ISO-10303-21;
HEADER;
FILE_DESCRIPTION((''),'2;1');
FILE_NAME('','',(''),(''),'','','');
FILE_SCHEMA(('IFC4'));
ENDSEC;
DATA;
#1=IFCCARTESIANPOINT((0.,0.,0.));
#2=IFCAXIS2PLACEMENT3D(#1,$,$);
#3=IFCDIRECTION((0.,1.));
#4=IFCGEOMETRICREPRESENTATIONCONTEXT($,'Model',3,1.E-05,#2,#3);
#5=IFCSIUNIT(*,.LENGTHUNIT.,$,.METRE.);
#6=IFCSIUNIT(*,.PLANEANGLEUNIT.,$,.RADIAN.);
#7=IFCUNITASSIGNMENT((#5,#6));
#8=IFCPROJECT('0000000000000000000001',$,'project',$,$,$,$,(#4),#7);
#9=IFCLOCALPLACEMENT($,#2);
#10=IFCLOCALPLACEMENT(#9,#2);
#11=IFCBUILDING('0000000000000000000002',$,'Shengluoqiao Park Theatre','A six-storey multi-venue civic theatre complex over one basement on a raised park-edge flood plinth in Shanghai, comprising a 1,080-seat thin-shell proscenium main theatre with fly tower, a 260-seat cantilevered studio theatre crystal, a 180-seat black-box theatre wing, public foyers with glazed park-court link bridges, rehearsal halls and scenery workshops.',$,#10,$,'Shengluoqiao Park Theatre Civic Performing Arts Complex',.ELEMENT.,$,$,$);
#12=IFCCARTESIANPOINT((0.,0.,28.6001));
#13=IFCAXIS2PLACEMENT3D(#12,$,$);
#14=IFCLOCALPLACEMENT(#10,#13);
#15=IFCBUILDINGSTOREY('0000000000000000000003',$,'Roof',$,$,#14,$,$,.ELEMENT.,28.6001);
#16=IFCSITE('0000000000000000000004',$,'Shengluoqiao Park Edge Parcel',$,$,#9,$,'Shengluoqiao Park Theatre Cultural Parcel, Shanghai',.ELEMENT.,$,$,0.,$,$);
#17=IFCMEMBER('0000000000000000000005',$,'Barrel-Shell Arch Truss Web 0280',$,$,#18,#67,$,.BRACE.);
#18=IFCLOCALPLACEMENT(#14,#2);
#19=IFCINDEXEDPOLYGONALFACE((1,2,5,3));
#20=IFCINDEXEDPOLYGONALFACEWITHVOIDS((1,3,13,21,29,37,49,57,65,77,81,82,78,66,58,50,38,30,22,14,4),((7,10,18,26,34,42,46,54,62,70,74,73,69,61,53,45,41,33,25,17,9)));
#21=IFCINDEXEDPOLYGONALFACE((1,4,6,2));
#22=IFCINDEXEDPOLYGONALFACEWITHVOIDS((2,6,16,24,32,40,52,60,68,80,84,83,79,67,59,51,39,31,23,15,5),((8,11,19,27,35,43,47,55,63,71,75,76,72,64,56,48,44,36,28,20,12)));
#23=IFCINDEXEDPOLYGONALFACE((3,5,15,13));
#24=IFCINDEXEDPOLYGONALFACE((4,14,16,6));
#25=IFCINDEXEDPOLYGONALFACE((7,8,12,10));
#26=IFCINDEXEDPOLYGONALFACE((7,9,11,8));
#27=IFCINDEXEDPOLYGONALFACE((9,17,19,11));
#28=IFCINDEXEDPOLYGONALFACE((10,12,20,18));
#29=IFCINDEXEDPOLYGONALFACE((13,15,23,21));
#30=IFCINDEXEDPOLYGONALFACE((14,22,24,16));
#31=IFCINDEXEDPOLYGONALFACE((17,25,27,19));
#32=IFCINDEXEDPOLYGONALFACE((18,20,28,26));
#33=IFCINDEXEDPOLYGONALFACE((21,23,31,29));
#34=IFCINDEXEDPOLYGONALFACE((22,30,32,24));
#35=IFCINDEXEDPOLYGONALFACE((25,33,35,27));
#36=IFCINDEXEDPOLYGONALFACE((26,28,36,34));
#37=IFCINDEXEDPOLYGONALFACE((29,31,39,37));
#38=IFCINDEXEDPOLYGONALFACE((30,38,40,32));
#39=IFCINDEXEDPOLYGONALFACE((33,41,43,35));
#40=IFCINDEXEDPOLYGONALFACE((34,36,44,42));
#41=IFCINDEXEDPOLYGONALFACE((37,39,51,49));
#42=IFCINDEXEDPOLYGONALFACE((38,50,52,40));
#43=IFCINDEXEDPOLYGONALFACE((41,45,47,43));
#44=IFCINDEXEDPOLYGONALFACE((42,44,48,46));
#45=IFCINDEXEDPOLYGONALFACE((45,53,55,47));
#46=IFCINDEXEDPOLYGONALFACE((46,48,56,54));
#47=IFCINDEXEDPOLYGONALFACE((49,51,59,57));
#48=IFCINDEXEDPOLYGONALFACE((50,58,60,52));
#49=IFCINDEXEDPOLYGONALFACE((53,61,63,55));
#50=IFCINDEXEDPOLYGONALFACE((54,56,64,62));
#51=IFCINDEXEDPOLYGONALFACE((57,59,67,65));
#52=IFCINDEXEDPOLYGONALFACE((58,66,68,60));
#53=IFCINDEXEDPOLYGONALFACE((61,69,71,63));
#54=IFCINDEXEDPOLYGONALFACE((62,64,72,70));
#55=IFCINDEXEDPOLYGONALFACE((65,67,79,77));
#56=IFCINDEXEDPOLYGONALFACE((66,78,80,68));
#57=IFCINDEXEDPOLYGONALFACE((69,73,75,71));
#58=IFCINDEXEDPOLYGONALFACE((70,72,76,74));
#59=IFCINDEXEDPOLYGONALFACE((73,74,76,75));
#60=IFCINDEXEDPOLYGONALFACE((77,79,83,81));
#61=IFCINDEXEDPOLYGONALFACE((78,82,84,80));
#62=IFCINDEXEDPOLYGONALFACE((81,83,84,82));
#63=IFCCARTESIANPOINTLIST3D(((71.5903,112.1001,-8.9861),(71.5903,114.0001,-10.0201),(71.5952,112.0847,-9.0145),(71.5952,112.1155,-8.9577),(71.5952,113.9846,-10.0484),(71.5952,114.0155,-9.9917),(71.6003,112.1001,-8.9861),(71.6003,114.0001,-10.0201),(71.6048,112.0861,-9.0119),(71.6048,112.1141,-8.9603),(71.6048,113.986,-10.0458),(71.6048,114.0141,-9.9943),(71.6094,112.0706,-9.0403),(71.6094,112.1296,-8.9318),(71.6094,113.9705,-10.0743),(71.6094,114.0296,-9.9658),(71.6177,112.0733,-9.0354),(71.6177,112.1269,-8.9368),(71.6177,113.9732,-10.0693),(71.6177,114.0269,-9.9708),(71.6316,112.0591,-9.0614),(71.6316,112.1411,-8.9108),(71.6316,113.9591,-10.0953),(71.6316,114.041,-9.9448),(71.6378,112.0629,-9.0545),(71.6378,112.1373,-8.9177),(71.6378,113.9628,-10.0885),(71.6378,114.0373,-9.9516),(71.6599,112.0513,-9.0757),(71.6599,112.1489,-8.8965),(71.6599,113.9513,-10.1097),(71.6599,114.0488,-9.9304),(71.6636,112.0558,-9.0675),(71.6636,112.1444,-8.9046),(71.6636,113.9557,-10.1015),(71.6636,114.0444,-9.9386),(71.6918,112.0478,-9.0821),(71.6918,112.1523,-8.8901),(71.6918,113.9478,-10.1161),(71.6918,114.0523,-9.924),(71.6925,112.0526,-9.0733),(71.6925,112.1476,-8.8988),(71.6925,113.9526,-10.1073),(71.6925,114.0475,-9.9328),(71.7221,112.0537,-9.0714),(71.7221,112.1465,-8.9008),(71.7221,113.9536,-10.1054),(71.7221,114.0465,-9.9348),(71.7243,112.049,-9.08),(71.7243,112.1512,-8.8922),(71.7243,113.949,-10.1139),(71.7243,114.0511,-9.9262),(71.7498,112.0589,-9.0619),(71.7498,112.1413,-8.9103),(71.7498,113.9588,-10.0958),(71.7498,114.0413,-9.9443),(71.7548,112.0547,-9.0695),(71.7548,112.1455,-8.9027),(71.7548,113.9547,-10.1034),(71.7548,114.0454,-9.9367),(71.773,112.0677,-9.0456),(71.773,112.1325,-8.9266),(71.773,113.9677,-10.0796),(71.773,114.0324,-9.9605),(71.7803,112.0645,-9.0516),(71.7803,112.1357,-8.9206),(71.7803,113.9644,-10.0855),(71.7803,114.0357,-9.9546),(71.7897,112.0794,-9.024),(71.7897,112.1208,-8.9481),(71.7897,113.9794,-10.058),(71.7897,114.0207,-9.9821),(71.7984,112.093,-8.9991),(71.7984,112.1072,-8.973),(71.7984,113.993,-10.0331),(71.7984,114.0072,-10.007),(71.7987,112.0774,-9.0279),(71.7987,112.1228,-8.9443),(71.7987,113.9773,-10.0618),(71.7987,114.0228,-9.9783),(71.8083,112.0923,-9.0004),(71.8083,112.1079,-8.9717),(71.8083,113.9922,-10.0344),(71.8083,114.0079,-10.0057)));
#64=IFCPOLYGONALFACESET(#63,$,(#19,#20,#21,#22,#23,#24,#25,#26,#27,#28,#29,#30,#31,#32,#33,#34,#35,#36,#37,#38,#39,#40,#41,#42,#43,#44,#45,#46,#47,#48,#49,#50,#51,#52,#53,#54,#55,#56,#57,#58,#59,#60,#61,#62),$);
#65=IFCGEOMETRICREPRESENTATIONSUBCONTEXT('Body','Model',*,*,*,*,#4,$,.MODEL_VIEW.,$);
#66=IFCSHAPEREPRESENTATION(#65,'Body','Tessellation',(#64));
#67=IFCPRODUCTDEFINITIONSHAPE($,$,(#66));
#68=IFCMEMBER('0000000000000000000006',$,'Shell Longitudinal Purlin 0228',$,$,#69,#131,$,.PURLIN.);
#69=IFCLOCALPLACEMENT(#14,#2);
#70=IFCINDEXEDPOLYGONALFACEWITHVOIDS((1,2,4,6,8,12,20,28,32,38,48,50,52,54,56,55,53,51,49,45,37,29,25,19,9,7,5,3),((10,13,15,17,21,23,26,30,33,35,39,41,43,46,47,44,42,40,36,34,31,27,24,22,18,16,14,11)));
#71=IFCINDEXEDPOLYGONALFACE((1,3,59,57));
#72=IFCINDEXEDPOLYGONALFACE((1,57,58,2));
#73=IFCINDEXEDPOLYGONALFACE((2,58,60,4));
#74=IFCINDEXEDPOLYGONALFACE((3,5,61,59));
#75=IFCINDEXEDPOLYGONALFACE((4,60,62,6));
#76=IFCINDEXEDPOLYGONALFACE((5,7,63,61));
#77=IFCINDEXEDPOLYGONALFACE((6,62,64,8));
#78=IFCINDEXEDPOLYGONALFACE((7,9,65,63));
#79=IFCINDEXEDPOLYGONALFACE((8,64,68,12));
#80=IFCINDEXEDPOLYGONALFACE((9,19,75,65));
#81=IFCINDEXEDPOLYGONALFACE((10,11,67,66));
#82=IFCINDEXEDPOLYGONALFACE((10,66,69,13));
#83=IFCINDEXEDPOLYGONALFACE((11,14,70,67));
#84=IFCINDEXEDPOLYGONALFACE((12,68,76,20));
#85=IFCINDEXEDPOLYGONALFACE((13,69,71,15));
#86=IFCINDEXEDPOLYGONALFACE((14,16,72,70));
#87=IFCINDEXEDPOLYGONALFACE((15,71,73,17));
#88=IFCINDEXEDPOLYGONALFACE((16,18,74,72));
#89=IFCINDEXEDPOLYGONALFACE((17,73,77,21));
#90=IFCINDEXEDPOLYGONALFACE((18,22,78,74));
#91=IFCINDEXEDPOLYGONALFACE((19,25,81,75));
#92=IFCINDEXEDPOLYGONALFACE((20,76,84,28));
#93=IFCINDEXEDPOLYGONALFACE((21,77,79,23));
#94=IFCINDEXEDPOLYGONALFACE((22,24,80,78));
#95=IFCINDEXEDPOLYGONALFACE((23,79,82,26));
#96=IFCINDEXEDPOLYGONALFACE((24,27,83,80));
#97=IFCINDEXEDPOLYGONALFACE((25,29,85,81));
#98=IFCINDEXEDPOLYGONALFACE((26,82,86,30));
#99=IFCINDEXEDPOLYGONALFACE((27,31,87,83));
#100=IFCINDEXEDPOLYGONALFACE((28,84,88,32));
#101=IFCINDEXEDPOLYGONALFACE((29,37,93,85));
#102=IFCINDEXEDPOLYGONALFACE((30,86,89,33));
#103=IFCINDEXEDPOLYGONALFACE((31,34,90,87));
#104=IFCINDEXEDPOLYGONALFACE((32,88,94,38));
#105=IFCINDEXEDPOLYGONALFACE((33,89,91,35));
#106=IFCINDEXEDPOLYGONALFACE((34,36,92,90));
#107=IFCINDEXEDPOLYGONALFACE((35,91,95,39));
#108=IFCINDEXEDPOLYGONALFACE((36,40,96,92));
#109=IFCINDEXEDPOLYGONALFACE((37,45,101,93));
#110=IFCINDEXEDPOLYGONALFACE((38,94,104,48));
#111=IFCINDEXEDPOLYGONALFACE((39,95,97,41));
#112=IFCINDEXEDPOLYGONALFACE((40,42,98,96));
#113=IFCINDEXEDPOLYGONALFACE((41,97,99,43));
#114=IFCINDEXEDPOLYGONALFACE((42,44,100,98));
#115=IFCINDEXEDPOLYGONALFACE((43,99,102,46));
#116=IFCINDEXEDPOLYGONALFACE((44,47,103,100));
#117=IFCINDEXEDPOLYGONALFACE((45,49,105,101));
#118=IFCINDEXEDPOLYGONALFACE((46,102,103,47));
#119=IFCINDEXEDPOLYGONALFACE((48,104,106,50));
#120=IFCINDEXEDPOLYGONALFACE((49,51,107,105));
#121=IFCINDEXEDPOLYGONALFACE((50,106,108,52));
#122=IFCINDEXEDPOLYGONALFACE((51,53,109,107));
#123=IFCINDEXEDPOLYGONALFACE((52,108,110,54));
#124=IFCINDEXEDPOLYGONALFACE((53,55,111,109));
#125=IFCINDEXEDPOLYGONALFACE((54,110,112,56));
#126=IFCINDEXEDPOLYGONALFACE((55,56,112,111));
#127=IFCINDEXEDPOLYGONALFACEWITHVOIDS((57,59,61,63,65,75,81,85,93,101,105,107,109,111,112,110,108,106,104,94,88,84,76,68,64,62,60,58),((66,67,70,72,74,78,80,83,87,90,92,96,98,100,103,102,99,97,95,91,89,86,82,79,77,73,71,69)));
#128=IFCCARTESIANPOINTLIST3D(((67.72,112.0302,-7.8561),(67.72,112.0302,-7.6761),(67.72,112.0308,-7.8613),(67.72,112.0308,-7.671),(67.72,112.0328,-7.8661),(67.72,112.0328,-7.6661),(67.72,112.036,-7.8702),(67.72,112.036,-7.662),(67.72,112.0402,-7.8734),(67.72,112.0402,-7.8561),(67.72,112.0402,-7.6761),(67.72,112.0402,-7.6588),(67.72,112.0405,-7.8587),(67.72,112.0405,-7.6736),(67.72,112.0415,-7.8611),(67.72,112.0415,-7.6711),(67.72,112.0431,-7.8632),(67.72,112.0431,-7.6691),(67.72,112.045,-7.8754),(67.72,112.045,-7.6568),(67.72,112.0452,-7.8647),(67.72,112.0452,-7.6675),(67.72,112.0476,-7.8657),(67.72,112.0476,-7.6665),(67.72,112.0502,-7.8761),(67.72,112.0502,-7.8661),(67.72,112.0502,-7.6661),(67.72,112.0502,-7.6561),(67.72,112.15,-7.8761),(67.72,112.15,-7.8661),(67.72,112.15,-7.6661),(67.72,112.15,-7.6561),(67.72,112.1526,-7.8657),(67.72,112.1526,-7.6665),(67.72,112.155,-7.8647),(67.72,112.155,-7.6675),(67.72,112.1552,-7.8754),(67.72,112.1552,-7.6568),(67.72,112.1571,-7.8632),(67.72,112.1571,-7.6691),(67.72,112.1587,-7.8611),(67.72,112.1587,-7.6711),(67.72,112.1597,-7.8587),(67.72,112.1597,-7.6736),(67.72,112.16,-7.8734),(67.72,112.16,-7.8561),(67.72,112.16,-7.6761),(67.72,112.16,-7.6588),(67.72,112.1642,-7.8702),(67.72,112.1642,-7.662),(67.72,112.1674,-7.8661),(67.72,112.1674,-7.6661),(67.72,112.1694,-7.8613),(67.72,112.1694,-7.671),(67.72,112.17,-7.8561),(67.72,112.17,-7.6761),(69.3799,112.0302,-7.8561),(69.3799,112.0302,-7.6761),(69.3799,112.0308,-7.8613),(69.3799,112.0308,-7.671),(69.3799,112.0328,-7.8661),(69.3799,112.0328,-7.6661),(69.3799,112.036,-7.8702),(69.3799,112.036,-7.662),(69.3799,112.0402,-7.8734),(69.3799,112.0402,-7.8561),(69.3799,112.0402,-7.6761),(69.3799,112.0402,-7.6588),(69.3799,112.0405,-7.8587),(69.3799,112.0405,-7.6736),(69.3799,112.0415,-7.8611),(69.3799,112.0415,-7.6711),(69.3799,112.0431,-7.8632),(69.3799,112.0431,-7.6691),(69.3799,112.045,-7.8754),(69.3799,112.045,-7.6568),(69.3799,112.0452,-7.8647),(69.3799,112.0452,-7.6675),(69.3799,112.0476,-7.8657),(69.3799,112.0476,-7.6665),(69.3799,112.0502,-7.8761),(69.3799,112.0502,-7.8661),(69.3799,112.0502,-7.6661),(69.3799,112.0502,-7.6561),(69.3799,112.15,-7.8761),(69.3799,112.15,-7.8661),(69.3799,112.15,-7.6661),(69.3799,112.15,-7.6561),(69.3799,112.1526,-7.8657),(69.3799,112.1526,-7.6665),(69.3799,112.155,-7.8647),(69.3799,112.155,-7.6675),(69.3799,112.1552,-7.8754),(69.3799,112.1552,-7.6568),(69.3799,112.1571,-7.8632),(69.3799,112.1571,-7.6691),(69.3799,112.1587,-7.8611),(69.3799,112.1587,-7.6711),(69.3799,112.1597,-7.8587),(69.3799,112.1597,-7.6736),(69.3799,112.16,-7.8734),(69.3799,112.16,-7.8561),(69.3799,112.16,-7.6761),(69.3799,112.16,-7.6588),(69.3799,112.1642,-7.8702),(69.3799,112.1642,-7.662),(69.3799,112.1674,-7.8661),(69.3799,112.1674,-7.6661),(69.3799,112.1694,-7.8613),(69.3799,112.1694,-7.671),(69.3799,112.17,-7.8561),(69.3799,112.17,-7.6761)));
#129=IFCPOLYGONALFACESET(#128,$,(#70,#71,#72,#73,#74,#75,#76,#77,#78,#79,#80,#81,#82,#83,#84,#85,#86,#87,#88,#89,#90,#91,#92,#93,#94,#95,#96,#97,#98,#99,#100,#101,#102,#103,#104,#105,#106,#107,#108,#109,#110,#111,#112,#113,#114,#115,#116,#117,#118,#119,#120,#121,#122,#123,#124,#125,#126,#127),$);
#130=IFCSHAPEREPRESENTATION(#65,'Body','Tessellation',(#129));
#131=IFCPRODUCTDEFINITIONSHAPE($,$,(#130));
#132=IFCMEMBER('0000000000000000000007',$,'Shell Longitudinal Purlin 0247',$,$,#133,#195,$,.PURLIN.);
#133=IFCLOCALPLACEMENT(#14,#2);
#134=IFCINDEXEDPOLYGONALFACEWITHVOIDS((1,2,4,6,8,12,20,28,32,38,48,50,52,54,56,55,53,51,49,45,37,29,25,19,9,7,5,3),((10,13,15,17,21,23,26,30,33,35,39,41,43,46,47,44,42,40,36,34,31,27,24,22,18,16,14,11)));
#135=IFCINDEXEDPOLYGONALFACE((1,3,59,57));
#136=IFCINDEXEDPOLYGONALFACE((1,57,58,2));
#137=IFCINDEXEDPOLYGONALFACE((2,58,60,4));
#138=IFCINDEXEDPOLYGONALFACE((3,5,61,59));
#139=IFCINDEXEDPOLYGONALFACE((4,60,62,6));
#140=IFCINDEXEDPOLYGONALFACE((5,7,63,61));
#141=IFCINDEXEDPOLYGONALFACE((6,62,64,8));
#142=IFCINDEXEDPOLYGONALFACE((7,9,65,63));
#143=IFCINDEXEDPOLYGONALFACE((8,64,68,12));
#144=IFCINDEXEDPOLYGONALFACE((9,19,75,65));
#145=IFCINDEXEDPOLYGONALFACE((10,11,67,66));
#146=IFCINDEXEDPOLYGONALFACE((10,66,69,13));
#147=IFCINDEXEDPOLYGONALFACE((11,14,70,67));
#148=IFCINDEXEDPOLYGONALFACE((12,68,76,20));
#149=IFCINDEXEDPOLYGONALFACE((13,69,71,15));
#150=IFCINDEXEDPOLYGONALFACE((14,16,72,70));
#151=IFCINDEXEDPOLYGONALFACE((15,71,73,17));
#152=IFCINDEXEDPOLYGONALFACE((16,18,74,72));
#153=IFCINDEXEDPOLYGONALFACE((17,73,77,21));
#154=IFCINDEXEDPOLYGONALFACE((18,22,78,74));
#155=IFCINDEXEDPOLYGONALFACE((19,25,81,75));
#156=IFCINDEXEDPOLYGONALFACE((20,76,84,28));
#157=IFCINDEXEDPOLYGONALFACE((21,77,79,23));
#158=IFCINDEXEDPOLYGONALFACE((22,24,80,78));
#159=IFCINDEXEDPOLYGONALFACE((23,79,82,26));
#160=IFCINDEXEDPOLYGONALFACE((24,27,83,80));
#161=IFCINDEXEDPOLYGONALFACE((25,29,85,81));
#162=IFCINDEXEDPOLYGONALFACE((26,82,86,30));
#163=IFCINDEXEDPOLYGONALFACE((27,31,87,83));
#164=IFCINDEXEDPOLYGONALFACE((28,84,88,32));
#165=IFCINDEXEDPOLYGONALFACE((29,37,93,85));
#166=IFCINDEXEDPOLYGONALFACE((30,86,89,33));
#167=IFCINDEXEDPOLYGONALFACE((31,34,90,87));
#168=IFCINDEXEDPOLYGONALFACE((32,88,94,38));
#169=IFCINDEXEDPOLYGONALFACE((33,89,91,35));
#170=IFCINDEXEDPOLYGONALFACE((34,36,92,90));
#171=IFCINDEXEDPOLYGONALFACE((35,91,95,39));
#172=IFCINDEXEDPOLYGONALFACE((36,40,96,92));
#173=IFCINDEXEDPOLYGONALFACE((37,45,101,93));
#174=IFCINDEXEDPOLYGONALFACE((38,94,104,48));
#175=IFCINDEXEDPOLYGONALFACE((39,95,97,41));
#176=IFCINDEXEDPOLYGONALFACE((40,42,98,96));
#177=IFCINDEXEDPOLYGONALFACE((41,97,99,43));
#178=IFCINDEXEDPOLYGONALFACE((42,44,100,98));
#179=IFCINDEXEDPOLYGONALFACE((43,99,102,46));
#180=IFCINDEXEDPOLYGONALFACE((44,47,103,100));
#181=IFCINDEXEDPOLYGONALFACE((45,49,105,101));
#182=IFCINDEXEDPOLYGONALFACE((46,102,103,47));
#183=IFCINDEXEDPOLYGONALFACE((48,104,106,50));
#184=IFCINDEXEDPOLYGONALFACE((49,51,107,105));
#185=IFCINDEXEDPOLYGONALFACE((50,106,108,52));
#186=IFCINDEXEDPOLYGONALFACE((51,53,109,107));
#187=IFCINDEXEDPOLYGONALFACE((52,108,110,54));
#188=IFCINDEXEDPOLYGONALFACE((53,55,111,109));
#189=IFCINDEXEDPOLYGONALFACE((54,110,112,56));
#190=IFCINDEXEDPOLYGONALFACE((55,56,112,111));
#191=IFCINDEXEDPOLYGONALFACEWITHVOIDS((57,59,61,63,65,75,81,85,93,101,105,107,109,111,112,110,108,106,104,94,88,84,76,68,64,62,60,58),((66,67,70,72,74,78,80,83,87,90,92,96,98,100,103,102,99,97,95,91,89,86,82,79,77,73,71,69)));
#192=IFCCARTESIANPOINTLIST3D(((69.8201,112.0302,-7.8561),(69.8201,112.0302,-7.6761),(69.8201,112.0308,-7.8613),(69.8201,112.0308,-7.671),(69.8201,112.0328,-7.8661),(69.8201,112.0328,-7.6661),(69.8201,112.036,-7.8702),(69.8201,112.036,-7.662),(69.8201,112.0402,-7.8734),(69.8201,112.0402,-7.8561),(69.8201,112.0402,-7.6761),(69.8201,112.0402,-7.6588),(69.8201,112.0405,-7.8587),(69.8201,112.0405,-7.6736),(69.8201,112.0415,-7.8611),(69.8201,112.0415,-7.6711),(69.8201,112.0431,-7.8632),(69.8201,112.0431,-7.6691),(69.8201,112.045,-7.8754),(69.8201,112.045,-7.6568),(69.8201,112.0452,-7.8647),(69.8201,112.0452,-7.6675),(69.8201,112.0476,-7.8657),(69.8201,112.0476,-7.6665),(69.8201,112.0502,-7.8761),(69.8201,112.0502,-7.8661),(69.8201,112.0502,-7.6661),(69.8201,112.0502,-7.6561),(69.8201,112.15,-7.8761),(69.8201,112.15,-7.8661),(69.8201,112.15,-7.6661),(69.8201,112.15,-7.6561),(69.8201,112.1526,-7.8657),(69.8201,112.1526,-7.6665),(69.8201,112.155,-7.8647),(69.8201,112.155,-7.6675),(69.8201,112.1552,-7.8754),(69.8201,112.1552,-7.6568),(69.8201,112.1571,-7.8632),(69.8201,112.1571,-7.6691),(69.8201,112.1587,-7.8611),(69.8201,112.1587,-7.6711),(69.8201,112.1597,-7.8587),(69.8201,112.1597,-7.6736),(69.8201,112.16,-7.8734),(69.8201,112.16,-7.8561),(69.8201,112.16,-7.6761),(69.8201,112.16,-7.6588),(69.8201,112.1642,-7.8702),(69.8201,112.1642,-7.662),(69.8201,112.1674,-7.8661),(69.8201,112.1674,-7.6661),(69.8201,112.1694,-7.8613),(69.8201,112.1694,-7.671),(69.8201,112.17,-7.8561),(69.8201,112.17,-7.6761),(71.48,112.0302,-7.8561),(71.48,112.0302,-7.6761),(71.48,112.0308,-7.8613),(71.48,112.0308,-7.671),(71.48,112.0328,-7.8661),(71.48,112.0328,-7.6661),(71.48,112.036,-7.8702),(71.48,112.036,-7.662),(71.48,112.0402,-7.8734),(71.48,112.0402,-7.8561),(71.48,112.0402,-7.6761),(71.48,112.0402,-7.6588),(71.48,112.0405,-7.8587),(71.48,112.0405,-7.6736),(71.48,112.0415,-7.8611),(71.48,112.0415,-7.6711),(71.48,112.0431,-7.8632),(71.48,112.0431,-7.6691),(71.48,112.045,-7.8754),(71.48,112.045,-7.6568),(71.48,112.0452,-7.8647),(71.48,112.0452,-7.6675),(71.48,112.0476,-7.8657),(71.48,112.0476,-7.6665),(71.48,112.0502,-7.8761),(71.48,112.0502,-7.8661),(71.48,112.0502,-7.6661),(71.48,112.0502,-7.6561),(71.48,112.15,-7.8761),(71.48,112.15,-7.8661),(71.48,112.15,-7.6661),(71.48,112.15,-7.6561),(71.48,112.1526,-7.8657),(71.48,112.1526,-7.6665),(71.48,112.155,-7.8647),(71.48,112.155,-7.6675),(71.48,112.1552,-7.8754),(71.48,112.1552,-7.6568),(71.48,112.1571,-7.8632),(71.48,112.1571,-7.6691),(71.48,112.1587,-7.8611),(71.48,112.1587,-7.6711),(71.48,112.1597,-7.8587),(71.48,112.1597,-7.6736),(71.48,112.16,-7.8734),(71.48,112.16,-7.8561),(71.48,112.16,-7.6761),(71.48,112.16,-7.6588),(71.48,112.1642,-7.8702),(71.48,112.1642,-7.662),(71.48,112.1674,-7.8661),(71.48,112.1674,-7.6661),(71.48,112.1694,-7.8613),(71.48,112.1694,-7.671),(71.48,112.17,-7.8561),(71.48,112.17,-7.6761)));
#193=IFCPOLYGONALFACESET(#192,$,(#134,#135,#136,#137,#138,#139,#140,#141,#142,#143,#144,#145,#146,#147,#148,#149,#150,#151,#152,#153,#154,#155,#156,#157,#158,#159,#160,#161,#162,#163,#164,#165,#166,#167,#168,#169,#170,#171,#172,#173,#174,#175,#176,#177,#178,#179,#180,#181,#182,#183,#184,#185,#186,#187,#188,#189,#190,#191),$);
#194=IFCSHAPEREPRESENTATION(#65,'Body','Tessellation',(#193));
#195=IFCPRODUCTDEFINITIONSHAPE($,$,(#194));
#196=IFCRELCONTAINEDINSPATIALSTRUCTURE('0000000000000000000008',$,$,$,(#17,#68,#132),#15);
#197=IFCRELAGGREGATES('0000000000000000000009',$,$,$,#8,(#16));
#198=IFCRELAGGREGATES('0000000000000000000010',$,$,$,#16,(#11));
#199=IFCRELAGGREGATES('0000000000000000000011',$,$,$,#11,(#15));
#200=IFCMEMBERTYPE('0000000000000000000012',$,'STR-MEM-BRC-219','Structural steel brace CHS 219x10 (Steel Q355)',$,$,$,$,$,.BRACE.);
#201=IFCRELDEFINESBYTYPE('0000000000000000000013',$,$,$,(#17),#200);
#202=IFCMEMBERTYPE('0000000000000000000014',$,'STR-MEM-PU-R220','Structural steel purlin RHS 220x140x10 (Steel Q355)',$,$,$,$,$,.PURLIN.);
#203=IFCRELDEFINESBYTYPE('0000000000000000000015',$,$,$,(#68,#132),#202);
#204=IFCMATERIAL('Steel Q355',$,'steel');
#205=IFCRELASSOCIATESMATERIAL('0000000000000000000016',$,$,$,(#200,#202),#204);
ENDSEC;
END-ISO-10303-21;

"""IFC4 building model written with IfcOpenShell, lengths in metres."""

from ifc_helpers import new_model, si_unit, direction, frame, origin, origin_2d, place, context, subcontext, project, spatial, hollow_rectangle, hollow_circle, extrude, material, material_profile, profile_set, type_object, element, save


model = new_model("IFC4")

# Units and contexts
model_context = context("Model", 3, precision=1e-05, world=origin(), true_north=direction((0.0, 1.0)))
body_context = subcontext(model_context, "Body", "Model", "MODEL_VIEW")
ifc_project = project(units=[si_unit("LENGTHUNIT", "METRE"), si_unit("PLANEANGLEUNIT", "RADIAN")], contexts=[model_context])

# Site, building, storey
site_placement = place(None, origin())
site = spatial("IfcSite", under=ifc_project, at=site_placement, Name="Shengluoqiao Park Edge Parcel", LongName="Shengluoqiao Park Theatre Cultural Parcel, Shanghai", CompositionType="ELEMENT", RefElevation=0.0)
building_placement = place(site_placement, origin())
building = spatial("IfcBuilding", under=site, at=building_placement, Name="Shengluoqiao Park Theatre", Description="A six-storey multi-venue civic theatre complex over one basement on a raised park-edge flood plinth in Shanghai, comprising a 1,080-seat thin-shell proscenium main theatre with fly tower, a 260-seat cantilevered studio theatre crystal, a 180-seat black-box theatre wing, public foyers with glazed park-court link bridges, rehearsal halls and scenery workshops.", LongName="Shengluoqiao Park Theatre Civic Performing Arts Complex", CompositionType="ELEMENT")
storey_placement = place(building_placement, frame((0.0, 0.0, 28.6001)))
storey = spatial("IfcBuildingStorey", under=building, at=storey_placement, Name="Roof", CompositionType="ELEMENT", Elevation=28.6001)

# Shared definitions
ifc_material_1 = material(Name="Steel Q355", Category="steel")

# Members
ifc_material_profile_1 = material_profile(ifc_material_1, hollow_circle(Radius=0.1096, WallThickness=0.01, at=origin_2d()), Name="CHS 219x10")
ifc_profile_set_1 = profile_set([ifc_material_profile_1], Name="Steel Q355")
member_type_1 = type_object("IfcMemberType", Name="STR-MEM-BRC-219", Description="Structural steel brace CHS 219x10 (Steel Q355)", PredefinedType="BRACE", material=ifc_profile_set_1)
for number, where, z_axis, x_axis, name in (
    (1, (71.7, 112.1001, -8.9861), (0.0, 0.878357, -0.478006), (-1.0, 0.0, 0.0), "Barrel-Shell Arch Truss Web 0280"),
):
    element("IfcMember", number, at=place(storey_placement, frame(where, z_axis=z_axis, x_axis=x_axis)), inside=storey, type_object=member_type_1, Name=name, PredefinedType="BRACE", context=body_context, shape_type="SweptSolid", body=[
        extrude(hollow_circle(Radius=0.1096, WallThickness=0.01, at=origin_2d()), origin(), (0.0, 0.0, 1.0), 2.1631),
    ])
ifc_material_profile_2 = material_profile(ifc_material_1, hollow_rectangle(XDim=0.1399, YDim=0.22, WallThickness=0.01, InnerFilletRadius=0.01, OuterFilletRadius=0.02, at=origin_2d()), Name="RHS 220x140x10")
ifc_profile_set_2 = profile_set([ifc_material_profile_2], Name="Steel Q355")
member_type_2 = type_object("IfcMemberType", Name="STR-MEM-PU-R220", Description="Structural steel purlin RHS 220x140x10 (Steel Q355)", PredefinedType="PURLIN", material=ifc_profile_set_2)
for number, where, z_axis, x_axis, name in (
    (2, (67.72, 112.1001, -7.7661), (1.0, 0.0, 0.0), (0.0, 1.0, 0.0), "Shell Longitudinal Purlin 0228"),
    (3, (69.8201, 112.1001, -7.7661), (1.0, 0.0, 0.0), (0.0, 1.0, 0.0), "Shell Longitudinal Purlin 0247"),
):
    element("IfcMember", number, at=place(storey_placement, frame(where, z_axis=z_axis, x_axis=x_axis)), inside=storey, type_object=member_type_2, Name=name, PredefinedType="PURLIN", context=body_context, shape_type="SweptSolid", body=[
        extrude(hollow_rectangle(XDim=0.1399, YDim=0.22, WallThickness=0.01, InnerFilletRadius=0.01, OuterFilletRadius=0.02, at=origin_2d()), origin(), (0.0, 0.0, 1.0), 1.6599),
    ])

save(model, "model.ifc")
